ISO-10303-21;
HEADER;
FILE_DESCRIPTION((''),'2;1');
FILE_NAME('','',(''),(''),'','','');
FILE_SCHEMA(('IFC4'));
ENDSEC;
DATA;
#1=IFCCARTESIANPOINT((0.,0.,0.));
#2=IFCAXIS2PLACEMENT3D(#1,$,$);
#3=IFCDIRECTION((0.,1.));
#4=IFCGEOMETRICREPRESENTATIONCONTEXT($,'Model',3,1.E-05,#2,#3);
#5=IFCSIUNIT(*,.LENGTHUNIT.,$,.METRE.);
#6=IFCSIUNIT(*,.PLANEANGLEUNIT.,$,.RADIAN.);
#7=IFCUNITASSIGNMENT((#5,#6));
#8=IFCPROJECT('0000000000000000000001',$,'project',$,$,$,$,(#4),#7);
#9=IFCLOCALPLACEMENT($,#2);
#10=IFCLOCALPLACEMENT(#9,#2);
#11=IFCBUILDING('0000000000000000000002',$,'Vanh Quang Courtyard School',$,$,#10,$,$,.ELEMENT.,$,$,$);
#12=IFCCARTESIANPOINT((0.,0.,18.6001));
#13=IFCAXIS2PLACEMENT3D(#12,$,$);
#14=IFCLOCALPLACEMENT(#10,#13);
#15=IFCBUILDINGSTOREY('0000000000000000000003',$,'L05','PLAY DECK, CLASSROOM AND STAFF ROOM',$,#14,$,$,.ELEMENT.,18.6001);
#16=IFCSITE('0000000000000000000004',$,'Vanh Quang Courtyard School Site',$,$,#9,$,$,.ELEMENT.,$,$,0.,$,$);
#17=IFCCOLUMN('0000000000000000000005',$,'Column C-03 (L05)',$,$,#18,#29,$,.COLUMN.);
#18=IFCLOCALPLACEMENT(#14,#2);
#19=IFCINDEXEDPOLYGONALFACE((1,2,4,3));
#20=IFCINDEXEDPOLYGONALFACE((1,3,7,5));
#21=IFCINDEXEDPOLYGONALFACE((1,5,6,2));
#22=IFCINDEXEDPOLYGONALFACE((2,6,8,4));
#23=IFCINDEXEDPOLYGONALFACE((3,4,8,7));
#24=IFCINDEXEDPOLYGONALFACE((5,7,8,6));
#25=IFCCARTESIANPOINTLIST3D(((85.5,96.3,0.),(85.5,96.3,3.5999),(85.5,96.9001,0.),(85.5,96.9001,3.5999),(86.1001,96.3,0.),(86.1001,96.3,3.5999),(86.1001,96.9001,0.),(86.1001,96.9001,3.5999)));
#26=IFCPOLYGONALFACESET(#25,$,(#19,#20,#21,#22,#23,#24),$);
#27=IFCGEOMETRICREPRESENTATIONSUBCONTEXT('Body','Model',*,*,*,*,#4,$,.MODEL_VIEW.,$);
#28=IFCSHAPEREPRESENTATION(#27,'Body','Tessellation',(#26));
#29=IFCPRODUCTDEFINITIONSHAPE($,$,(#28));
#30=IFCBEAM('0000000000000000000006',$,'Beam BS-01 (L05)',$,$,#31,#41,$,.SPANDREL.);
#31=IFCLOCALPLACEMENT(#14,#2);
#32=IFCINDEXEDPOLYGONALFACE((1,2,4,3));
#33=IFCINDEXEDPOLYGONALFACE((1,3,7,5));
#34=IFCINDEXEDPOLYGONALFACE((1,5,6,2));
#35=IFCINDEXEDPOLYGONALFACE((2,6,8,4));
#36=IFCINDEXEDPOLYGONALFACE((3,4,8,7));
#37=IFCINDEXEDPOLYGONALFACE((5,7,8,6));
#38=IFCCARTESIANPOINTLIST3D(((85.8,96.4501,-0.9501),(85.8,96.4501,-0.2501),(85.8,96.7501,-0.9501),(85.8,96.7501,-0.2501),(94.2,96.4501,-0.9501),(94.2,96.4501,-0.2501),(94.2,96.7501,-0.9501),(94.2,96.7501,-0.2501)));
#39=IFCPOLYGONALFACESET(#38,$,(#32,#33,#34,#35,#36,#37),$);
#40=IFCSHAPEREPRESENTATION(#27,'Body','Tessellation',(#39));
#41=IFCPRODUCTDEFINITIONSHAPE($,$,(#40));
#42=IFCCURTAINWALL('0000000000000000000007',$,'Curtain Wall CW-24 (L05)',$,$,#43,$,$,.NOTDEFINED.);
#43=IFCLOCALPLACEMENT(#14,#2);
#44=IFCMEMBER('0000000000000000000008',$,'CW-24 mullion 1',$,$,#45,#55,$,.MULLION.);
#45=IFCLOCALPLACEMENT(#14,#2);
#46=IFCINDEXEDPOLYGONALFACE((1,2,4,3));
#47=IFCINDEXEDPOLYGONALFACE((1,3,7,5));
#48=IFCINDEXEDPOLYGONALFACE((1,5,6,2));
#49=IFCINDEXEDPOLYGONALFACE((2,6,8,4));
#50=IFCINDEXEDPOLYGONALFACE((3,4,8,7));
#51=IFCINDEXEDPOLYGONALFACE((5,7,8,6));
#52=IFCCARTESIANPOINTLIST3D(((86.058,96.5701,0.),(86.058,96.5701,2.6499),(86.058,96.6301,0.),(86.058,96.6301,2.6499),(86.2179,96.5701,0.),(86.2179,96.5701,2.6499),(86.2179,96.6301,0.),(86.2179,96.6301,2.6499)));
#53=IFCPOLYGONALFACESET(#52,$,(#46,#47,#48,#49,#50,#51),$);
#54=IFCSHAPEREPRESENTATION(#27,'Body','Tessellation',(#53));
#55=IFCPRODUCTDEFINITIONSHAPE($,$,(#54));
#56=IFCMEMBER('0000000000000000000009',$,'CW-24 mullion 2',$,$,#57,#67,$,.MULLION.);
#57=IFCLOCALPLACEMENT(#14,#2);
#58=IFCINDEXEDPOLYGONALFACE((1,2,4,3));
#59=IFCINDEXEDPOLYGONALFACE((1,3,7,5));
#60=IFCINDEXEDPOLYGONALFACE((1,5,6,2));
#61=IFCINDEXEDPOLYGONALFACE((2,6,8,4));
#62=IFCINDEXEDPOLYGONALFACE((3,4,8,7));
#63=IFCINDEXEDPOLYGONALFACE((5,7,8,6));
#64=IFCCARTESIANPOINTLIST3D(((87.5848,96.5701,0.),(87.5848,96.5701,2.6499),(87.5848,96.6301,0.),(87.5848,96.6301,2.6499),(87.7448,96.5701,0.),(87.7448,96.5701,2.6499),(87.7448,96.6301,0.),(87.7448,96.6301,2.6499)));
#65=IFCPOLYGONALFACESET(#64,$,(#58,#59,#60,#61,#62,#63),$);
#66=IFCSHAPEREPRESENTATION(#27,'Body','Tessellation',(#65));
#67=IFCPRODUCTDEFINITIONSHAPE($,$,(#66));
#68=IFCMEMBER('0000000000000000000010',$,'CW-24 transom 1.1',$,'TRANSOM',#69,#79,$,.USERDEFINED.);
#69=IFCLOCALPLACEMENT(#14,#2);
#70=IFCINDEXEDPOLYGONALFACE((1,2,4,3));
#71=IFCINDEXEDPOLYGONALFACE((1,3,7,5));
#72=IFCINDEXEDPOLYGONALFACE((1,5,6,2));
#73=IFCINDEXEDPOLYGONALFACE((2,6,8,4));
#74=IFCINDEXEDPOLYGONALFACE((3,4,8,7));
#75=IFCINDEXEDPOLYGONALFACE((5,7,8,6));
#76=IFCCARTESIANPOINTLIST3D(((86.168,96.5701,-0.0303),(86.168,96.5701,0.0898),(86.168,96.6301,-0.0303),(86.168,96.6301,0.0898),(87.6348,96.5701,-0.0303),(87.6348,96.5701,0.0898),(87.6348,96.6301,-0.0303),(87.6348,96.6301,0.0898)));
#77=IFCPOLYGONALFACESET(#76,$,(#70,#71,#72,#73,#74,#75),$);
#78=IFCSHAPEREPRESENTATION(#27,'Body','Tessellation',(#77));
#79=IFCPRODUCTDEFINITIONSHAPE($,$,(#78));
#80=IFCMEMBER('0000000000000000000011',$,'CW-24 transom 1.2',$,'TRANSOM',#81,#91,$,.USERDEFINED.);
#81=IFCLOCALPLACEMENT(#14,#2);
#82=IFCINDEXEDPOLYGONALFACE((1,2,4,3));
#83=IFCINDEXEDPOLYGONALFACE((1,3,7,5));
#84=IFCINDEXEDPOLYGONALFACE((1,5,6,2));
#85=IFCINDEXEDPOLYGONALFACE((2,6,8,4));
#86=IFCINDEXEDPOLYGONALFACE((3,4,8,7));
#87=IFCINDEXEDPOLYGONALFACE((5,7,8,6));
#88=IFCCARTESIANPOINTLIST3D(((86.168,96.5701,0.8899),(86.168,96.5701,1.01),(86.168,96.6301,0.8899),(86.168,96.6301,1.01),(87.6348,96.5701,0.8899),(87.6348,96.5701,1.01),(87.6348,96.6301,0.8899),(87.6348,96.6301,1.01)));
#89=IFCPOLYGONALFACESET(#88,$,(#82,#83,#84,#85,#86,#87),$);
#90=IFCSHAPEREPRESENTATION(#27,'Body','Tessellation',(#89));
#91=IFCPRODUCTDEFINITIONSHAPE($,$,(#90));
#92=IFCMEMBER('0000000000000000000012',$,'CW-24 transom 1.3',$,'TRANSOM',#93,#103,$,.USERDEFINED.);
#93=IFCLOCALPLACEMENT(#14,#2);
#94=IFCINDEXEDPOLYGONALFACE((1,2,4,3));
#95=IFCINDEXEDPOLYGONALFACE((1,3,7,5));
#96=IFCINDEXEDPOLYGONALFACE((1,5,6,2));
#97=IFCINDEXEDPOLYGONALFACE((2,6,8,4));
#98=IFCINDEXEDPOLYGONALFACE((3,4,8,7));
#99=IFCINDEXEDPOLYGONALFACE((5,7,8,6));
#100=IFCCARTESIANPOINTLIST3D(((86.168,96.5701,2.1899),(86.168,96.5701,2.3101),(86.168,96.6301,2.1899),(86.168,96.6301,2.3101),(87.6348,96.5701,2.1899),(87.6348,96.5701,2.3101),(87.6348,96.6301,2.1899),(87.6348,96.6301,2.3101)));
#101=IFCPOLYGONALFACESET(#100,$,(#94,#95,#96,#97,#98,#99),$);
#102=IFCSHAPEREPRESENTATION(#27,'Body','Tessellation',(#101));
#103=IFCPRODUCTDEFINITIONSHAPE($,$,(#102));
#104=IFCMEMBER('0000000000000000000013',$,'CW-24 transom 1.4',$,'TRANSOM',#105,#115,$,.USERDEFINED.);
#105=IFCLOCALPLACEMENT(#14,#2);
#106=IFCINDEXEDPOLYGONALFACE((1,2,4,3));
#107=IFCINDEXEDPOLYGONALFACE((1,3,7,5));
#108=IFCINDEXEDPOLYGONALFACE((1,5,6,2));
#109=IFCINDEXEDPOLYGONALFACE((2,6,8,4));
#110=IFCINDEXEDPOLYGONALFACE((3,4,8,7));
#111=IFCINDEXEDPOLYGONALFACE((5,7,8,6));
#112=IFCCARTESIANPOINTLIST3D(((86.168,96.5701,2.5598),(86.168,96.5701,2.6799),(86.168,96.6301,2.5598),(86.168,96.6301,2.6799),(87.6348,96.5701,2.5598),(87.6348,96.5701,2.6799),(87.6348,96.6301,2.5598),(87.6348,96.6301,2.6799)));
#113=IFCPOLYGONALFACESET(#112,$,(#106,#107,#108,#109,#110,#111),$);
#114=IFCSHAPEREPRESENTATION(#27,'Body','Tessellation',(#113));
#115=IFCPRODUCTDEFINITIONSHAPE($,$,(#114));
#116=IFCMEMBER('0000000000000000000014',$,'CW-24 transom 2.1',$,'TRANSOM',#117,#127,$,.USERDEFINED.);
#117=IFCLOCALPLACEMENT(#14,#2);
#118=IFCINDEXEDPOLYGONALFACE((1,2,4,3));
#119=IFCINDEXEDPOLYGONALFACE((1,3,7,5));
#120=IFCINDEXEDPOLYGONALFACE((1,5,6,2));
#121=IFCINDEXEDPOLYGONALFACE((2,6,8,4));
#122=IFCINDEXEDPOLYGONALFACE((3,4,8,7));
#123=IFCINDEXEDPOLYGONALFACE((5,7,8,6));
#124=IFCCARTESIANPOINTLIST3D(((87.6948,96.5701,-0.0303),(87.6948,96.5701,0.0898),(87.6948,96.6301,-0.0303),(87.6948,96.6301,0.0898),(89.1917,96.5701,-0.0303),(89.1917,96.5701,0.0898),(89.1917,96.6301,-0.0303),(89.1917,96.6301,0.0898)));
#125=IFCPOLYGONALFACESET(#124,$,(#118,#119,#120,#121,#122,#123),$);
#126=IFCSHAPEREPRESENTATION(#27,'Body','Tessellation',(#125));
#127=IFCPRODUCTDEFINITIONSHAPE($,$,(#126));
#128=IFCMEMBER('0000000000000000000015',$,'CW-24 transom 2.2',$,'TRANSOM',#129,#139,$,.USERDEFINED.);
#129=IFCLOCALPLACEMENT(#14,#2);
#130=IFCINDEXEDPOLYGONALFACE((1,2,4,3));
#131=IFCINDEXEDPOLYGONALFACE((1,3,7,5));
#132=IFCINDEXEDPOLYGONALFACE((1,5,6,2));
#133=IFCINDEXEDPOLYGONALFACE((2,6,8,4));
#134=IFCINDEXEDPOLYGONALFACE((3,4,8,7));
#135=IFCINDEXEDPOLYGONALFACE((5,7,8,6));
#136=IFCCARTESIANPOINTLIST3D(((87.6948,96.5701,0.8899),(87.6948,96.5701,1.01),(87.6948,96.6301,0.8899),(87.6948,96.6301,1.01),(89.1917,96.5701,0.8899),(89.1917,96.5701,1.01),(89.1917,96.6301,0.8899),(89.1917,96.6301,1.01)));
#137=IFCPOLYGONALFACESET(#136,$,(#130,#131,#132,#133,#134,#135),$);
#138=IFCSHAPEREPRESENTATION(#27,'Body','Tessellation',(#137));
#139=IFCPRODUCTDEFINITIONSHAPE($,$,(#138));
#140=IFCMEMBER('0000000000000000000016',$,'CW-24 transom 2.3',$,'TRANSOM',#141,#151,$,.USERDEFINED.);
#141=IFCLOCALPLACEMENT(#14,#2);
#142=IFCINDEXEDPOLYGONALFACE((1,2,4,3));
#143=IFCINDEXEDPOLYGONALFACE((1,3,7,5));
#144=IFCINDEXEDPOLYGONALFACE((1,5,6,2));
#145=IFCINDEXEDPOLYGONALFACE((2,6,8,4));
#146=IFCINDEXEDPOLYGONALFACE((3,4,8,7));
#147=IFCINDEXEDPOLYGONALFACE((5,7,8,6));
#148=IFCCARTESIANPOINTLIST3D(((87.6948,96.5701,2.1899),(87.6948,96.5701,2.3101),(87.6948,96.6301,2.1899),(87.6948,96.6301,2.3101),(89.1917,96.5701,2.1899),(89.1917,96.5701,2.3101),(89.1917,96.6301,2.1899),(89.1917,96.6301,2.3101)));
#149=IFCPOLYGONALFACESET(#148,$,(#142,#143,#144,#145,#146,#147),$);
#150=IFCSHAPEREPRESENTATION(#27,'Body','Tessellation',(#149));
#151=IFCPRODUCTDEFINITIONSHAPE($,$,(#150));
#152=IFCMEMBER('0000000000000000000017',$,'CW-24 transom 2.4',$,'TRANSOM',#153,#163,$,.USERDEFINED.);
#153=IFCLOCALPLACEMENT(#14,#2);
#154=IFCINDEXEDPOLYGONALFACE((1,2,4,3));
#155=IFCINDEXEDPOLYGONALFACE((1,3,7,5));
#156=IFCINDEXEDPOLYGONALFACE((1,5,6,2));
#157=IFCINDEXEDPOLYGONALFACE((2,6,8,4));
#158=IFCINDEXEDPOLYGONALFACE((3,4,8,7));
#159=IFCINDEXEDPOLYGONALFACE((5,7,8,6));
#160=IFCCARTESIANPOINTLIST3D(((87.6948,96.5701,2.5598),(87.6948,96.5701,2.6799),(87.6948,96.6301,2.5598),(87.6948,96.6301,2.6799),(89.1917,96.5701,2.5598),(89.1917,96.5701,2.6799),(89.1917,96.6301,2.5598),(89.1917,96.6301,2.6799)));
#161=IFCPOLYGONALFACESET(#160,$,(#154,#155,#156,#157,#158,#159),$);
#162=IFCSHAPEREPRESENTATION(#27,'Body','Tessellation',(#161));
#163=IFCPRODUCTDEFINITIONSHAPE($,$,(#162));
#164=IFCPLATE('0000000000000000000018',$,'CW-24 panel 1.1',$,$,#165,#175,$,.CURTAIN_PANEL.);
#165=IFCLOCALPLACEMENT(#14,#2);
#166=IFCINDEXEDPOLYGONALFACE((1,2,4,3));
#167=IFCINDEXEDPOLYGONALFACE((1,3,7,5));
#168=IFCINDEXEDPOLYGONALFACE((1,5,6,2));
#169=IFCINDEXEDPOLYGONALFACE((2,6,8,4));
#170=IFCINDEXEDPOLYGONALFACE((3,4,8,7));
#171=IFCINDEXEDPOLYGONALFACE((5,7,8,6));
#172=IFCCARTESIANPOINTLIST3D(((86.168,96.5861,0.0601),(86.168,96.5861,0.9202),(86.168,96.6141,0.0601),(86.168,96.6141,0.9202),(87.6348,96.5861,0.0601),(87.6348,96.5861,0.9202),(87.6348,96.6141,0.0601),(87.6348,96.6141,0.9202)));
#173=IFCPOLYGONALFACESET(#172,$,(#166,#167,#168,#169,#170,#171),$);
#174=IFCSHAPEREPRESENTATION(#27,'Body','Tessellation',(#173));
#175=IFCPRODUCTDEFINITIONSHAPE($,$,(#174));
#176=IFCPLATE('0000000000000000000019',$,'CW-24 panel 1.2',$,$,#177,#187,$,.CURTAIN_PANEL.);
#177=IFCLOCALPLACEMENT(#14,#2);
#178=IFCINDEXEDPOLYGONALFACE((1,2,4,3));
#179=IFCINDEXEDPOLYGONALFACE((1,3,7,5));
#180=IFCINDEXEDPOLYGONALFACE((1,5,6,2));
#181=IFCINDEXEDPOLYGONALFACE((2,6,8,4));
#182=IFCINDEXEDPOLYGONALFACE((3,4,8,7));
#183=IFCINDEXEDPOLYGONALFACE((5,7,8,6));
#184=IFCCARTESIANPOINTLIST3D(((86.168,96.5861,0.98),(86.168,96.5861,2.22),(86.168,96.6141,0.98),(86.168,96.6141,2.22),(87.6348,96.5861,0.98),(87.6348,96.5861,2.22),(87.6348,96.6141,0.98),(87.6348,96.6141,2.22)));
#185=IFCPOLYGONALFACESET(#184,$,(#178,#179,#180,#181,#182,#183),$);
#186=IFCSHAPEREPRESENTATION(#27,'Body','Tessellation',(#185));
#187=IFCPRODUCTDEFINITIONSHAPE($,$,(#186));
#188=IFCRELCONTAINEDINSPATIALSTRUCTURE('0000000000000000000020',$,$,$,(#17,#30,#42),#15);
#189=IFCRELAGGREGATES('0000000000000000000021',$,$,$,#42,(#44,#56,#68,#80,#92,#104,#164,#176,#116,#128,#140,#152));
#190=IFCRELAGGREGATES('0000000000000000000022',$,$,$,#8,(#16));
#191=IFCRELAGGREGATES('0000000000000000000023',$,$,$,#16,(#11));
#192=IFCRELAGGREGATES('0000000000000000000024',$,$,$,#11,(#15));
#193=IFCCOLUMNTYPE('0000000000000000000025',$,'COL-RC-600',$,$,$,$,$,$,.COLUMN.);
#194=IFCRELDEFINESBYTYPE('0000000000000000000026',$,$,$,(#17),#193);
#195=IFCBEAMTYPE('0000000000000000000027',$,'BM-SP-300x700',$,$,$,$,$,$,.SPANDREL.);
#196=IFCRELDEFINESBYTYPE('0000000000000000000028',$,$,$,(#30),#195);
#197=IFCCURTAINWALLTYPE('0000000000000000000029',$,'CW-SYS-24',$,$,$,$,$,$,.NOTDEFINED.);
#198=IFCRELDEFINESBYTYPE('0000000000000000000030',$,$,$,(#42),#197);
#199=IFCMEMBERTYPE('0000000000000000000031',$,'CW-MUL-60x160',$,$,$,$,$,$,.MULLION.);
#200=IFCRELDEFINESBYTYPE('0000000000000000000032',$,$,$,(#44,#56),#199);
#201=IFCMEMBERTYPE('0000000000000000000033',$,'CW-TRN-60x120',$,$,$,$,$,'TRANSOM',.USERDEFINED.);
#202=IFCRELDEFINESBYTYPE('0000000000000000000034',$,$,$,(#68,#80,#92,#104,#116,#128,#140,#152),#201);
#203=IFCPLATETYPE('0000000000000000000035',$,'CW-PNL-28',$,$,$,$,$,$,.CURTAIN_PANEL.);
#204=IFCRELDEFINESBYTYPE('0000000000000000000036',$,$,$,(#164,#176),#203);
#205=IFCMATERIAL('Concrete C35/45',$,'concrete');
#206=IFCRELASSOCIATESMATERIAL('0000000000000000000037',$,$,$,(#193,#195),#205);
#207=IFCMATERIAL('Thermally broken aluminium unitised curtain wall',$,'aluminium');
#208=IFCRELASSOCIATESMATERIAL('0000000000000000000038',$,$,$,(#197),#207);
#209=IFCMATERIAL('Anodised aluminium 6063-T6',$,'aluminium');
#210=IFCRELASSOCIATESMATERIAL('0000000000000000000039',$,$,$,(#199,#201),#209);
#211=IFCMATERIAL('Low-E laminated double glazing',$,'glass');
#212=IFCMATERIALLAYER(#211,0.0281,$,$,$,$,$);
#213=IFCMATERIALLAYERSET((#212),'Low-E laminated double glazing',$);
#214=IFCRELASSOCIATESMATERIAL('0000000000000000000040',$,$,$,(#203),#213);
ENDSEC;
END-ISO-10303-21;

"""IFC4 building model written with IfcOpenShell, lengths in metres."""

from ifc_helpers import new_model, si_unit, direction, frame, origin, origin_2d, place, context, subcontext, project, spatial, rectangle, extrude, material, layer, layer_set, material_profile, profile_set, type_object, element, aggregate, save


model = new_model("IFC4")

# Units and contexts
model_context = context("Model", 3, precision=1e-05, world=origin(), true_north=direction((0.0, 1.0)))
body_context = subcontext(model_context, "Body", "Model", "MODEL_VIEW")
ifc_project = project(units=[si_unit("LENGTHUNIT", "METRE"), si_unit("PLANEANGLEUNIT", "RADIAN")], contexts=[model_context])

# Site, building, storey
site_placement = place(None, origin())
site = spatial("IfcSite", under=ifc_project, at=site_placement, Name="Vanh Quang Courtyard School Site", CompositionType="ELEMENT", RefElevation=0.0)
building_placement = place(site_placement, origin())
building = spatial("IfcBuilding", under=site, at=building_placement, Name="Vanh Quang Courtyard School", CompositionType="ELEMENT")
storey_placement = place(building_placement, frame((0.0, 0.0, 18.6001)))
storey = spatial("IfcBuildingStorey", under=building, at=storey_placement, Name="L05", Description="PLAY DECK, CLASSROOM AND STAFF ROOM", CompositionType="ELEMENT", Elevation=18.6001)

# Column
ifc_material_1 = material(Name="Concrete C35/45", Category="concrete")
ifc_material_profile_1 = material_profile(ifc_material_1, rectangle(XDim=0.6001, YDim=0.6001, at=origin_2d()), Name="RC-COL 600x600")
ifc_profile_set_1 = profile_set([ifc_material_profile_1], Name="Concrete C35/45")
column_type = type_object("IfcColumnType", Name="COL-RC-600", PredefinedType="COLUMN", material=ifc_profile_set_1)
column_placement = place(storey_placement, frame((85.8, 96.6001, 0.0), z_axis=(0.0, 0.0, 1.0), x_axis=(1.0, 0.0, 0.0)))
element("IfcColumn", 1, at=column_placement, inside=storey, type_object=column_type, Name="Column C-03 (L05)", PredefinedType="COLUMN", context=body_context, shape_type="SweptSolid", body=[
    extrude(rectangle(XDim=0.6001, YDim=0.6001, at=origin_2d()), origin(), (0.0, 0.0, 1.0), 3.5999),
])

# Beam
ifc_material_profile_2 = material_profile(ifc_material_1, rectangle(XDim=0.3, YDim=0.7, at=origin_2d()), Name="RC-SP 300x700")
ifc_profile_set_2 = profile_set([ifc_material_profile_2], Name="Concrete C35/45")
beam_type = type_object("IfcBeamType", Name="BM-SP-300x700", PredefinedType="SPANDREL", material=ifc_profile_set_2)
beam_placement = place(storey_placement, frame((85.8, 96.6001, -0.6001), z_axis=(1.0, 0.0, 0.0), x_axis=(0.0, 1.0, 0.0)))
element("IfcBeam", 2, at=beam_placement, inside=storey, type_object=beam_type, Name="Beam BS-01 (L05)", PredefinedType="SPANDREL", context=body_context, shape_type="SweptSolid", body=[
    extrude(rectangle(XDim=0.3, YDim=0.7, at=origin_2d()), origin(), (0.0, 0.0, 1.0), 8.3999),
])

# Curtain wall, members, plates
ifc_material_2 = material(Name="Thermally broken aluminium unitised curtain wall", Category="aluminium")
curtain_wall_type = type_object("IfcCurtainWallType", Name="CW-SYS-24", PredefinedType="NOTDEFINED", material=ifc_material_2)
curtain_wall_placement = place(storey_placement, origin())
curtain_wall = element("IfcCurtainWall", 3, at=curtain_wall_placement, inside=storey, type_object=curtain_wall_type, Name="Curtain Wall CW-24 (L05)", PredefinedType="NOTDEFINED")
ifc_material_3 = material(Name="Anodised aluminium 6063-T6", Category="aluminium")
ifc_material_profile_3 = material_profile(ifc_material_3, rectangle(XDim=0.0601, YDim=0.1599, at=origin_2d()), Name="ALU-MUL 60x160")
ifc_profile_set_3 = profile_set([ifc_material_profile_3], Name="Anodised aluminium 6063-T6")
member_type_1 = type_object("IfcMemberType", Name="CW-MUL-60x160", PredefinedType="MULLION", material=ifc_profile_set_3)
member_1_placement = place(storey_placement, frame((86.1379, 96.6001, 0.0), z_axis=(0.0, 0.0, 1.0), x_axis=(0.0, 1.0, 0.0)))
member_1 = element("IfcMember", 4, at=member_1_placement, type_object=member_type_1, Name="CW-24 mullion 1", PredefinedType="MULLION", context=body_context, shape_type="SweptSolid", body=[
    extrude(rectangle(XDim=0.0601, YDim=0.1599, at=origin_2d()), origin(), (0.0, 0.0, 1.0), 2.6499),
])
member_2_placement = place(storey_placement, frame((87.6648, 96.6001, 0.0), z_axis=(0.0, 0.0, 1.0), x_axis=(0.0, 1.0, 0.0)))
member_2 = element("IfcMember", 5, at=member_2_placement, type_object=member_type_1, Name="CW-24 mullion 2", PredefinedType="MULLION", context=body_context, shape_type="SweptSolid", body=[
    extrude(rectangle(XDim=0.0601, YDim=0.1599, at=origin_2d()), origin(), (0.0, 0.0, 1.0), 2.6499),
])
ifc_material_profile_4 = material_profile(ifc_material_3, rectangle(XDim=0.0601, YDim=0.1201, at=origin_2d()), Name="ALU-TRN 60x120")
ifc_profile_set_4 = profile_set([ifc_material_profile_4], Name="Anodised aluminium 6063-T6")
member_type_2 = type_object("IfcMemberType", Name="CW-TRN-60x120", ElementType="TRANSOM", PredefinedType="USERDEFINED", material=ifc_profile_set_4)
member_3_placement = place(storey_placement, frame((86.168, 96.6001, 0.0298), z_axis=(1.0, 0.0, 0.0), x_axis=(0.0, 1.0, 0.0)))
member_3 = element("IfcMember", 6, at=member_3_placement, type_object=member_type_2, Name="CW-24 transom 1.1", ObjectType="TRANSOM", PredefinedType="USERDEFINED", context=body_context, shape_type="SweptSolid", body=[
    extrude(rectangle(XDim=0.0601, YDim=0.1201, at=origin_2d()), origin(), (0.0, 0.0, 1.0), 1.4668),
])
member_4_placement = place(storey_placement, frame((86.168, 96.6001, 0.95), z_axis=(1.0, 0.0, 0.0), x_axis=(0.0, 1.0, 0.0)))
member_4 = element("IfcMember", 7, at=member_4_placement, type_object=member_type_2, Name="CW-24 transom 1.2", ObjectType="TRANSOM", PredefinedType="USERDEFINED", context=body_context, shape_type="SweptSolid", body=[
    extrude(rectangle(XDim=0.0601, YDim=0.1201, at=origin_2d()), origin(), (0.0, 0.0, 1.0), 1.4668),
])
member_5_placement = place(storey_placement, frame((86.168, 96.6001, 2.25), z_axis=(1.0, 0.0, 0.0), x_axis=(0.0, 1.0, 0.0)))
member_5 = element("IfcMember", 8, at=member_5_placement, type_object=member_type_2, Name="CW-24 transom 1.3", ObjectType="TRANSOM", PredefinedType="USERDEFINED", context=body_context, shape_type="SweptSolid", body=[
    extrude(rectangle(XDim=0.0601, YDim=0.1201, at=origin_2d()), origin(), (0.0, 0.0, 1.0), 1.4668),
])
member_6_placement = place(storey_placement, frame((86.168, 96.6001, 2.6199), z_axis=(1.0, 0.0, 0.0), x_axis=(0.0, 1.0, 0.0)))
member_6 = element("IfcMember", 9, at=member_6_placement, type_object=member_type_2, Name="CW-24 transom 1.4", ObjectType="TRANSOM", PredefinedType="USERDEFINED", context=body_context, shape_type="SweptSolid", body=[
    extrude(rectangle(XDim=0.0601, YDim=0.1201, at=origin_2d()), origin(), (0.0, 0.0, 1.0), 1.4668),
])
member_7_placement = place(storey_placement, frame((87.6948, 96.6001, 0.0298), z_axis=(1.0, 0.0, 0.0), x_axis=(0.0, 1.0, 0.0)))
member_7 = element("IfcMember", 10, at=member_7_placement, type_object=member_type_2, Name="CW-24 transom 2.1", ObjectType="TRANSOM", PredefinedType="USERDEFINED", context=body_context, shape_type="SweptSolid", body=[
    extrude(rectangle(XDim=0.0601, YDim=0.1201, at=origin_2d()), origin(), (0.0, 0.0, 1.0), 1.4968),
])
member_8_placement = place(storey_placement, frame((87.6948, 96.6001, 0.95), z_axis=(1.0, 0.0, 0.0), x_axis=(0.0, 1.0, 0.0)))
member_8 = element("IfcMember", 11, at=member_8_placement, type_object=member_type_2, Name="CW-24 transom 2.2", ObjectType="TRANSOM", PredefinedType="USERDEFINED", context=body_context, shape_type="SweptSolid", body=[
    extrude(rectangle(XDim=0.0601, YDim=0.1201, at=origin_2d()), origin(), (0.0, 0.0, 1.0), 1.4968),
])
member_9_placement = place(storey_placement, frame((87.6948, 96.6001, 2.25), z_axis=(1.0, 0.0, 0.0), x_axis=(0.0, 1.0, 0.0)))
member_9 = element("IfcMember", 12, at=member_9_placement, type_object=member_type_2, Name="CW-24 transom 2.3", ObjectType="TRANSOM", PredefinedType="USERDEFINED", context=body_context, shape_type="SweptSolid", body=[
    extrude(rectangle(XDim=0.0601, YDim=0.1201, at=origin_2d()), origin(), (0.0, 0.0, 1.0), 1.4968),
])
member_10_placement = place(storey_placement, frame((87.6948, 96.6001, 2.6199), z_axis=(1.0, 0.0, 0.0), x_axis=(0.0, 1.0, 0.0)))
member_10 = element("IfcMember", 13, at=member_10_placement, type_object=member_type_2, Name="CW-24 transom 2.4", ObjectType="TRANSOM", PredefinedType="USERDEFINED", context=body_context, shape_type="SweptSolid", body=[
    extrude(rectangle(XDim=0.0601, YDim=0.1201, at=origin_2d()), origin(), (0.0, 0.0, 1.0), 1.4968),
])
ifc_material_4 = material(Name="Low-E laminated double glazing", Category="glass")
ifc_layer_1 = layer(ifc_material_4, 0.0281)
ifc_layer_set_1 = layer_set([ifc_layer_1], Name="Low-E laminated double glazing")
plate_type = type_object("IfcPlateType", Name="CW-PNL-28", PredefinedType="CURTAIN_PANEL", material=ifc_layer_set_1)
plate_1_placement = place(storey_placement, frame((86.9014, 96.6001, 0.0601), z_axis=(0.0, 0.0, 1.0), x_axis=(1.0, 0.0, 0.0)))
plate_1 = element("IfcPlate", 14, at=plate_1_placement, type_object=plate_type, Name="CW-24 panel 1.1", PredefinedType="CURTAIN_PANEL", context=body_context, shape_type="SweptSolid", body=[
    extrude(rectangle(XDim=1.4668, YDim=0.0281, at=origin_2d()), origin(), (0.0, 0.0, 1.0), 0.8601),
])
plate_2_placement = place(storey_placement, frame((86.9014, 96.6001, 0.98), z_axis=(0.0, 0.0, 1.0), x_axis=(1.0, 0.0, 0.0)))
plate_2 = element("IfcPlate", 15, at=plate_2_placement, type_object=plate_type, Name="CW-24 panel 1.2", PredefinedType="CURTAIN_PANEL", context=body_context, shape_type="SweptSolid", body=[
    extrude(rectangle(XDim=1.4668, YDim=0.0281, at=origin_2d()), origin(), (0.0, 0.0, 1.0), 1.24),
])
aggregate(curtain_wall, [member_1, member_2, member_3, member_4, member_5, member_6, plate_1, plate_2, member_7, member_8, member_9, member_10])

save(model, "model.ifc")
